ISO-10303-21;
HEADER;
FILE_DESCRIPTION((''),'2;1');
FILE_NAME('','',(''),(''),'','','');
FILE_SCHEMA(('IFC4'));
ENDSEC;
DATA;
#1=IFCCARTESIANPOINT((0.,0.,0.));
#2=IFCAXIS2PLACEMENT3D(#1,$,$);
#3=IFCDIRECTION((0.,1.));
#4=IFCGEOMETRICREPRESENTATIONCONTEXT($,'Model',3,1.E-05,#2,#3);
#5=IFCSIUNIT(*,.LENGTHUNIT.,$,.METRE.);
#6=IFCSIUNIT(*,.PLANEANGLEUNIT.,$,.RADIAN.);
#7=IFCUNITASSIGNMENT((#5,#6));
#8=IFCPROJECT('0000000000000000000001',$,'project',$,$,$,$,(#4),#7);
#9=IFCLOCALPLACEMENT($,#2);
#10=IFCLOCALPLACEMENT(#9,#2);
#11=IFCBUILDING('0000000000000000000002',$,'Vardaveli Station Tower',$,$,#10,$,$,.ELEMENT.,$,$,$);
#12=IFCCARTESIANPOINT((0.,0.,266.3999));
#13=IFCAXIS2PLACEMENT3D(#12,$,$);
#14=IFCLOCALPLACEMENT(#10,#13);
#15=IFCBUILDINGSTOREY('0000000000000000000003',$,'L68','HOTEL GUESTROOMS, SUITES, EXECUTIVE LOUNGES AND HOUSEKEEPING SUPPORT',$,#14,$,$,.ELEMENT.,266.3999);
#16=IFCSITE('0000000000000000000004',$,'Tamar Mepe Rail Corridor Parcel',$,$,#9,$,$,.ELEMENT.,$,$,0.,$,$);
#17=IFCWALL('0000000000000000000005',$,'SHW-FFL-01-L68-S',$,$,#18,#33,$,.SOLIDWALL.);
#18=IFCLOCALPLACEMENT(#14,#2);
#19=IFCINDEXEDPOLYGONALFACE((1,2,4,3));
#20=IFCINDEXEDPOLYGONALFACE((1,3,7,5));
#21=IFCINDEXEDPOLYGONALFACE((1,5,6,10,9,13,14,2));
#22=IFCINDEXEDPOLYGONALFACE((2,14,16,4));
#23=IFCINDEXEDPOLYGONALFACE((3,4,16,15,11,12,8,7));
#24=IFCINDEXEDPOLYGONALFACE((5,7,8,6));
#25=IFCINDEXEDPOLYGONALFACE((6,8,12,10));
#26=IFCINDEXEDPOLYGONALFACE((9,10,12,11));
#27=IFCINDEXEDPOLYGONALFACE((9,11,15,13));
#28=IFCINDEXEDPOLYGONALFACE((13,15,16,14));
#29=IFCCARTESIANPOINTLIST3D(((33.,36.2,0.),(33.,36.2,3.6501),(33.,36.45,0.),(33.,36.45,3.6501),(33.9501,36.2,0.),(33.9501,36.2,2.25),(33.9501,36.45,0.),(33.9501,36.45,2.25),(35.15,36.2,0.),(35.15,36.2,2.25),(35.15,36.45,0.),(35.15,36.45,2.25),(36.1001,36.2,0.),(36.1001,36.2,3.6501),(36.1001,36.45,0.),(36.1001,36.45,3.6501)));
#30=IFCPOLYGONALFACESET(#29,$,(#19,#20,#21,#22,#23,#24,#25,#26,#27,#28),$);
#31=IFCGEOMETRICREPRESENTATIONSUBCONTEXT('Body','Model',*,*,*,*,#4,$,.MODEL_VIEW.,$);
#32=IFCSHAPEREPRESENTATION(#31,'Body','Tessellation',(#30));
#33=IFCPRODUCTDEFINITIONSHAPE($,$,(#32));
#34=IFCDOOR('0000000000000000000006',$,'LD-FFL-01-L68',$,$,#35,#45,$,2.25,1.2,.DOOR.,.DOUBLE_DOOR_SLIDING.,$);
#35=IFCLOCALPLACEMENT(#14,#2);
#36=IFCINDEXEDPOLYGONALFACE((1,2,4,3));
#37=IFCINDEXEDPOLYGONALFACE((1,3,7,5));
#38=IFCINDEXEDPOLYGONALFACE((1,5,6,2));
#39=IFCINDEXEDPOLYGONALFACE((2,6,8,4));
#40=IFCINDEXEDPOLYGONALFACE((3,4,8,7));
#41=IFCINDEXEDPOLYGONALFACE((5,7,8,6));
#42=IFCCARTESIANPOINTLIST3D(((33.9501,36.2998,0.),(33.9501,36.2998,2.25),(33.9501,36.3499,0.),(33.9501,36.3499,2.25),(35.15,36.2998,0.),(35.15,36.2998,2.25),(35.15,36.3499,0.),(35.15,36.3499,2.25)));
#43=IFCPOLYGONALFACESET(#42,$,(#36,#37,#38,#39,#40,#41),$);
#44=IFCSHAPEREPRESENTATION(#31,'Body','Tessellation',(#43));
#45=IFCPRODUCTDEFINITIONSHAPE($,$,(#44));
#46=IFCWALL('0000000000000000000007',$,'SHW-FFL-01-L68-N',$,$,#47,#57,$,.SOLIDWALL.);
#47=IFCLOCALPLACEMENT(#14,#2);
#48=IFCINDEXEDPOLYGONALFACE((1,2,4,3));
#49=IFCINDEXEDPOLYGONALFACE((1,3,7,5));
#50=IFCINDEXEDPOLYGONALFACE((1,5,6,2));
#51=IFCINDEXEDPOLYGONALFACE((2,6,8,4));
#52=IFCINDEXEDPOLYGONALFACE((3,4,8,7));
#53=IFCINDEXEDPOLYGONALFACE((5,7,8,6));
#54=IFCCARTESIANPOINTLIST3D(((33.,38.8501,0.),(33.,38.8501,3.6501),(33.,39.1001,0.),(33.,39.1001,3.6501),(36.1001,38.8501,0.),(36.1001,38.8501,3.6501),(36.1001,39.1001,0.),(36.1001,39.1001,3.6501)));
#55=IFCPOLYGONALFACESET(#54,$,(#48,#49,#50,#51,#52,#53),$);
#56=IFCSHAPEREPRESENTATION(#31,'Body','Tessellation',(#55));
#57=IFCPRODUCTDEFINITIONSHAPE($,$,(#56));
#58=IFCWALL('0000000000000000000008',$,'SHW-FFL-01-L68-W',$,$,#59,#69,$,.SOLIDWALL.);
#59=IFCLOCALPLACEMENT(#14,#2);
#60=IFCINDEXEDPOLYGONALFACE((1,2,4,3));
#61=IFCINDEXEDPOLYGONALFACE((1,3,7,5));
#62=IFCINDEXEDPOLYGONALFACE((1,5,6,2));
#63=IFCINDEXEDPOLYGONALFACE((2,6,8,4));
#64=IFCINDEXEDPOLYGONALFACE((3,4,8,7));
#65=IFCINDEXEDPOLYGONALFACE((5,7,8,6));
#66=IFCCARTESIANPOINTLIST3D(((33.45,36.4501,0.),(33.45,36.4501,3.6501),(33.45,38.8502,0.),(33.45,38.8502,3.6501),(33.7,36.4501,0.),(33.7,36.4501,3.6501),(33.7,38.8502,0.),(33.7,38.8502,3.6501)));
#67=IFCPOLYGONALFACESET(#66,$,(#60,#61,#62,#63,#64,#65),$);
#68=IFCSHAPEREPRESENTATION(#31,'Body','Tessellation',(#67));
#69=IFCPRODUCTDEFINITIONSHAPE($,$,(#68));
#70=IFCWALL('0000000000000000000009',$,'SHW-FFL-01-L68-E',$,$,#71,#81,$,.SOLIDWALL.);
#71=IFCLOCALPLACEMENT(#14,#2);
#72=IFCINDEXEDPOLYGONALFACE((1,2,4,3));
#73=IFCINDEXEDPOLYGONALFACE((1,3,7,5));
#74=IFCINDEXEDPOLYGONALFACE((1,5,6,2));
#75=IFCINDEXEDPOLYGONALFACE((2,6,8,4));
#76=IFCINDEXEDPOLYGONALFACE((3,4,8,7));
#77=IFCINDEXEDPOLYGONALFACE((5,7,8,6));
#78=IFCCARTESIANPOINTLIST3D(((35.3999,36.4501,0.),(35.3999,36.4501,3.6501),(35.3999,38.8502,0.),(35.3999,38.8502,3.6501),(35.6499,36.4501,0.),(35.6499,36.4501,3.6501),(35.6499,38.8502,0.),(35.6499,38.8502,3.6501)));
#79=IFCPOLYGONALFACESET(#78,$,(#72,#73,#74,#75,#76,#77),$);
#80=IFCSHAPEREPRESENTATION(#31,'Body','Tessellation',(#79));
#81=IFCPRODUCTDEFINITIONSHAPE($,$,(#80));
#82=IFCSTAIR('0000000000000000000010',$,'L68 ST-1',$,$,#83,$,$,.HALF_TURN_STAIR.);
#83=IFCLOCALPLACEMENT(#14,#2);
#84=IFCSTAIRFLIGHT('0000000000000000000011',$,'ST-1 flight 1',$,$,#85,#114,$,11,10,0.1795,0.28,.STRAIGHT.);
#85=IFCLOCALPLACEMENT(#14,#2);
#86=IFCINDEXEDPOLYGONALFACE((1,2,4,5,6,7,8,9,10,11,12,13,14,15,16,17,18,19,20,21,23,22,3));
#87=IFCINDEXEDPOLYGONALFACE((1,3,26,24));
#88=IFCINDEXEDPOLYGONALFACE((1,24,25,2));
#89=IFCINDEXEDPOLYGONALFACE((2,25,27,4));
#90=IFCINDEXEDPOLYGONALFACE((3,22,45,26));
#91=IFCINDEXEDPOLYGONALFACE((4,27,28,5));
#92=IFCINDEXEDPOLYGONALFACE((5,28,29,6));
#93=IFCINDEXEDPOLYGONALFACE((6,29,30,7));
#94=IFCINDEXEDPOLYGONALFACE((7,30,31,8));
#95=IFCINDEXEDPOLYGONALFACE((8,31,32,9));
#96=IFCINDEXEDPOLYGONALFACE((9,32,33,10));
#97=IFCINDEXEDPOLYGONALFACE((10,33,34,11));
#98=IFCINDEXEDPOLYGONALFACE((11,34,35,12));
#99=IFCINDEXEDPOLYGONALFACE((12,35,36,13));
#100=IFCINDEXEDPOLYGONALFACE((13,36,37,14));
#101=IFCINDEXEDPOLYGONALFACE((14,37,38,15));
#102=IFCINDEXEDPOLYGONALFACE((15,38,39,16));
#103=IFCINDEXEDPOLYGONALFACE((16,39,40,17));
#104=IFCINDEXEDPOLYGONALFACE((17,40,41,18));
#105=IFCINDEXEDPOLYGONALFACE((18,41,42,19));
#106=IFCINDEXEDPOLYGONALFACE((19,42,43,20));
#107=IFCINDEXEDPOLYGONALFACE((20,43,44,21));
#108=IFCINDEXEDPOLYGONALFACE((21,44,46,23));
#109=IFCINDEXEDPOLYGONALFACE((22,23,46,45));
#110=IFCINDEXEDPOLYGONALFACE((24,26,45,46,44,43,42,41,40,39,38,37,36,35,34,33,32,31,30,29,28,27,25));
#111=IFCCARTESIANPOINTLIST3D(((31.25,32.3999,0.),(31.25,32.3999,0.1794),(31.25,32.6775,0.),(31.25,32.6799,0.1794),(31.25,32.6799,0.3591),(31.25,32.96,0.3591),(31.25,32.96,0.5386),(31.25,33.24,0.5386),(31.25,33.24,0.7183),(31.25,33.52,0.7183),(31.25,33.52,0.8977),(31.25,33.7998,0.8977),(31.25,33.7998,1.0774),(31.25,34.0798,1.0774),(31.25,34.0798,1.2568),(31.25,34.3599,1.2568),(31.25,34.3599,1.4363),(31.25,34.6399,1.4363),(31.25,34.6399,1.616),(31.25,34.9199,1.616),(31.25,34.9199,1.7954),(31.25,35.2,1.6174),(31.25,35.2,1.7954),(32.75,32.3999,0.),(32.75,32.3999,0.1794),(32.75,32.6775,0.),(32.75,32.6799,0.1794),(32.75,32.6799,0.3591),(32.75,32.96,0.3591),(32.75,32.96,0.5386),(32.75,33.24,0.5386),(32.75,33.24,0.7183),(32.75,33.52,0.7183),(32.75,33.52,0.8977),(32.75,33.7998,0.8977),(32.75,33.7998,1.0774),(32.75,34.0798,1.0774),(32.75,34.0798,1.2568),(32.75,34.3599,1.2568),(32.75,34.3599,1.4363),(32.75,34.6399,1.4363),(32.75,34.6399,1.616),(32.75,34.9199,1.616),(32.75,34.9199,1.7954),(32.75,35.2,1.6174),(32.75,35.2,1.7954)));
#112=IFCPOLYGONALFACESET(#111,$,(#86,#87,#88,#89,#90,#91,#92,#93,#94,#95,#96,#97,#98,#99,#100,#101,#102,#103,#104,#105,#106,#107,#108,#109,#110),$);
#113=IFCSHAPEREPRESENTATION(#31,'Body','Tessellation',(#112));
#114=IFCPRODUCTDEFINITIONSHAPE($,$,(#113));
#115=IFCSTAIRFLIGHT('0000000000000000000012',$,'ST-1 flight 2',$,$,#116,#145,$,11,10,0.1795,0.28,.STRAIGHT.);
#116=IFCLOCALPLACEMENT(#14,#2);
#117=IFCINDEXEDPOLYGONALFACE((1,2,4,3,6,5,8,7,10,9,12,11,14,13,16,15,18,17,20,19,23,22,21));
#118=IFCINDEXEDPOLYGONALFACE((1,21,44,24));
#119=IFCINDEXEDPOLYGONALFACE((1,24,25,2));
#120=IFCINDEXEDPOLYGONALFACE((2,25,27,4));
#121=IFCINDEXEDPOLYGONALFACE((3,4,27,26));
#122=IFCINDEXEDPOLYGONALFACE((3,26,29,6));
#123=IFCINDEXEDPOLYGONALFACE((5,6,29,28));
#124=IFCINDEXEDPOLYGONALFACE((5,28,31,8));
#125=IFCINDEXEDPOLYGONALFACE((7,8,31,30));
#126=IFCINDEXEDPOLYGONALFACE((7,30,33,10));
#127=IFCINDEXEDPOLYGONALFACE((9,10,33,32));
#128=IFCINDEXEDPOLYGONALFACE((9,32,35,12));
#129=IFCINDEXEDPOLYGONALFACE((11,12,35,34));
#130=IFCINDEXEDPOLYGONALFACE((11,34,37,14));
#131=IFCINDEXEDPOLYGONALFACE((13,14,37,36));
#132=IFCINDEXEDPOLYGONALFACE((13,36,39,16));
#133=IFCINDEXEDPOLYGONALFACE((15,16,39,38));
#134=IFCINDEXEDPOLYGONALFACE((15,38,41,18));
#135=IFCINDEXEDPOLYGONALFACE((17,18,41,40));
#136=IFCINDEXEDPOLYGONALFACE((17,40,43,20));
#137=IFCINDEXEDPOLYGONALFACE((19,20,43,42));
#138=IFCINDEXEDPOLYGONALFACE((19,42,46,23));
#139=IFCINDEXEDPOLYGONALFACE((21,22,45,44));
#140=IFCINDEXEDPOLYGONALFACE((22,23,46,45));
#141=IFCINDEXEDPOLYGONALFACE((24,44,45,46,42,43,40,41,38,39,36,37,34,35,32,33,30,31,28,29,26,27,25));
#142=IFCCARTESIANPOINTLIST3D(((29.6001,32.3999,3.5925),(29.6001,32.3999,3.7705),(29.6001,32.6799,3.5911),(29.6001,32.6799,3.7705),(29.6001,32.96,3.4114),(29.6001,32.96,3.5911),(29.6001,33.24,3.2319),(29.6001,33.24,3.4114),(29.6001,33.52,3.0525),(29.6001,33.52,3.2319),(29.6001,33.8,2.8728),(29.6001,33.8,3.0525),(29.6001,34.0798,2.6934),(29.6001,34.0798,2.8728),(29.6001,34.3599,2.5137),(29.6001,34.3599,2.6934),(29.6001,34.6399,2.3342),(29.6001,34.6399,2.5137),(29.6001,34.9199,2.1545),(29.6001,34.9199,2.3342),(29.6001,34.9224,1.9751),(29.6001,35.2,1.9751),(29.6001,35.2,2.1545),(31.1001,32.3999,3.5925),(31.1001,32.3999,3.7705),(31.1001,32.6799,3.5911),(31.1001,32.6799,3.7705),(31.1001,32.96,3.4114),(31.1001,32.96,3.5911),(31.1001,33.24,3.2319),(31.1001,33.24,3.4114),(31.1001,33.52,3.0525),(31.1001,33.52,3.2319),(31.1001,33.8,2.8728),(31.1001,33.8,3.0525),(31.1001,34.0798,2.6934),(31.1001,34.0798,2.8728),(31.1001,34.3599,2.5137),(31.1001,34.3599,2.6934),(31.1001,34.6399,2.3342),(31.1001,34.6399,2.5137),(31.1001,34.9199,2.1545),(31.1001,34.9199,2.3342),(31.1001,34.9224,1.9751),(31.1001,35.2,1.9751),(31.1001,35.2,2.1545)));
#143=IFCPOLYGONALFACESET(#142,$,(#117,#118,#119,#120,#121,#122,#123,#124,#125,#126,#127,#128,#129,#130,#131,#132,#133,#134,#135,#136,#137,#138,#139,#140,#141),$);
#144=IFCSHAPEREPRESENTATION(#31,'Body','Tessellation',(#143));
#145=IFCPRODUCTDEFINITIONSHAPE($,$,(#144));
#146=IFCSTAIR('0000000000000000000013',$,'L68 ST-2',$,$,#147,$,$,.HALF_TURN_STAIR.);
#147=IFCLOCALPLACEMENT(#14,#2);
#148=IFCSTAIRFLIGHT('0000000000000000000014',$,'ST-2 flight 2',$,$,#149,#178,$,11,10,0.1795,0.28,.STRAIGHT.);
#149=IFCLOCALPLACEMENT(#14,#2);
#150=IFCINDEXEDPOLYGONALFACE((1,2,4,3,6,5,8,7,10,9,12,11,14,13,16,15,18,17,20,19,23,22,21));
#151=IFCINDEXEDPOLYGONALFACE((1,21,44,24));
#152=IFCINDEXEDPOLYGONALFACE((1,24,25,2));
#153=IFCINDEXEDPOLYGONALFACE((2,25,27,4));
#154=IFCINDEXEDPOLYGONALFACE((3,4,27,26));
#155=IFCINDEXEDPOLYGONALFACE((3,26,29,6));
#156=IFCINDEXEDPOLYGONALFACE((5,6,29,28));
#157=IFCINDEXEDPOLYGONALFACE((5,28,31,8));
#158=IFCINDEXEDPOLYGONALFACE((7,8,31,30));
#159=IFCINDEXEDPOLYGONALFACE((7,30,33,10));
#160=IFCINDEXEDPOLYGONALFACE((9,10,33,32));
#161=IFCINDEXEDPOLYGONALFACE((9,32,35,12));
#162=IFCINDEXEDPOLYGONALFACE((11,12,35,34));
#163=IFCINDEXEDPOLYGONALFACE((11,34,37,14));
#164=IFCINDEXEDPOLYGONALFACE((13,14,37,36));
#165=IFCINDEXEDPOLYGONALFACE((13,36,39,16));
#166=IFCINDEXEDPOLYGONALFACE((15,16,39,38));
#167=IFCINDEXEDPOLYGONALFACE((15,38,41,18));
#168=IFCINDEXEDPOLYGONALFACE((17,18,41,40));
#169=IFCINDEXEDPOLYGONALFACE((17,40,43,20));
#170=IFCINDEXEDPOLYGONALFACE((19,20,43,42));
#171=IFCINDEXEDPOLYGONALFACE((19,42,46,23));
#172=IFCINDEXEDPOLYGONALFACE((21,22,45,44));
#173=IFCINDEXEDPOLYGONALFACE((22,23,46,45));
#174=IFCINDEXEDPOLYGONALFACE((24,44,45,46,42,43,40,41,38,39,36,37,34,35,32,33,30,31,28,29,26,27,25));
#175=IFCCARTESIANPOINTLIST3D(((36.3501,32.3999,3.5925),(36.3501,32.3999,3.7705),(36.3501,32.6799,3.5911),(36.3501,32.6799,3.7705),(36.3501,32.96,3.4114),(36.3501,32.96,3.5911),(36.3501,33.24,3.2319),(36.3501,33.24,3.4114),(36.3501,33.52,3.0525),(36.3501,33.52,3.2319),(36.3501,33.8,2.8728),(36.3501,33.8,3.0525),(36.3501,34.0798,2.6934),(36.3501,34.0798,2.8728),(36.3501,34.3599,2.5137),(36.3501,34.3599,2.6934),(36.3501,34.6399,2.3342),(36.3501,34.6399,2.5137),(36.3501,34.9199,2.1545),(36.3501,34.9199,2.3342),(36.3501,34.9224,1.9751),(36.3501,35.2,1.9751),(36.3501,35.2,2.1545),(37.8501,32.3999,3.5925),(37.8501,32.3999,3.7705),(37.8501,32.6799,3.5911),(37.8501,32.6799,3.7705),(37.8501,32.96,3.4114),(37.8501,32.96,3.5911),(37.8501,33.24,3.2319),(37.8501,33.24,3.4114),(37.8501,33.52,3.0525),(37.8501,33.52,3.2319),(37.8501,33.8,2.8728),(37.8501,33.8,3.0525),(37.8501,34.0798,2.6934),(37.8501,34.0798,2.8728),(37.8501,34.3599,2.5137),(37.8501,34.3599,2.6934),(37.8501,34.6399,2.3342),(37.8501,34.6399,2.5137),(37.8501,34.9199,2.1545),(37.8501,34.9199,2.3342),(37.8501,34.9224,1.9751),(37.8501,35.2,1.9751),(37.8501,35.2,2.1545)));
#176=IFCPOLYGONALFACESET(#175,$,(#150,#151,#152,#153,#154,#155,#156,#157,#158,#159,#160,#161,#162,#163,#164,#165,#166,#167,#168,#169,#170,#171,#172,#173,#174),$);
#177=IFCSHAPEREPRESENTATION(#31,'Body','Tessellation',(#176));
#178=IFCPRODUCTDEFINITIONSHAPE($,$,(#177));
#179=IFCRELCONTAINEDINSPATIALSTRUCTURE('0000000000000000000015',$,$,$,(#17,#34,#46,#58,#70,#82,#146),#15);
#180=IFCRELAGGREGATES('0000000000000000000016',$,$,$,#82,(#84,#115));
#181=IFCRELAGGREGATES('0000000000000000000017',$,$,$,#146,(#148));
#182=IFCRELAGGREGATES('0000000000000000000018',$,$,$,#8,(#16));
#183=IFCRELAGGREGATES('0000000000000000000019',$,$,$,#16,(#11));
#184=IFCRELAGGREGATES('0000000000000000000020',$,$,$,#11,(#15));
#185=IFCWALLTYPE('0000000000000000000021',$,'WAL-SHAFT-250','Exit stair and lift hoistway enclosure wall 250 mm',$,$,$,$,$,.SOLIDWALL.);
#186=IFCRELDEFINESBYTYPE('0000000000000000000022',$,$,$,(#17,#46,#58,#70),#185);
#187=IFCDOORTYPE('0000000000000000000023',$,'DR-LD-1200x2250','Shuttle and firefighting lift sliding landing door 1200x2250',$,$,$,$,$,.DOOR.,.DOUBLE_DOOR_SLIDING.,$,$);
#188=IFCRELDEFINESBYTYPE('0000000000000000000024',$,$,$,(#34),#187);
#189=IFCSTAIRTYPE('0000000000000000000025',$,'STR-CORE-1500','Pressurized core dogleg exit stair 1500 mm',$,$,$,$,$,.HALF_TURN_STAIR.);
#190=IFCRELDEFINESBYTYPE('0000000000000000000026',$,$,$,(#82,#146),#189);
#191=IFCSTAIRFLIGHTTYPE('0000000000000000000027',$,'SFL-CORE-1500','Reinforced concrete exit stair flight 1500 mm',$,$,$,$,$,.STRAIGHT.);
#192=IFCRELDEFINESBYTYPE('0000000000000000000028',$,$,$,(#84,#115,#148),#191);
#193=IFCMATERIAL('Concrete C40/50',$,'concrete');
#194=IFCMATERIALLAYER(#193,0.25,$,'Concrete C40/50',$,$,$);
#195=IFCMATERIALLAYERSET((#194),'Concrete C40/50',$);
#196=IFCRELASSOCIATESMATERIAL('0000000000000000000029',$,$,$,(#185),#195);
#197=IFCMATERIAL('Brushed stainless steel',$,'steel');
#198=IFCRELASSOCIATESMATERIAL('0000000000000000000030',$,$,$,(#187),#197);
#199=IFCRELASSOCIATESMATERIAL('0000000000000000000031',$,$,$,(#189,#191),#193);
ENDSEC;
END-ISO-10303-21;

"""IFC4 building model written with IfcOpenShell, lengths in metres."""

from ifc_helpers import new_model, si_unit, direction, frame, frame_2d, origin, place, context, subcontext, project, spatial, polyline, rectangle, outline, extrude, source, transform, mapped, material, layer, layer_set, type_object, element, fill, aggregate, save


model = new_model("IFC4")

# Units and contexts
model_context = context("Model", 3, precision=1e-05, world=origin(), true_north=direction((0.0, 1.0)))
body_context = subcontext(model_context, "Body", "Model", "MODEL_VIEW")
ifc_project = project(units=[si_unit("LENGTHUNIT", "METRE"), si_unit("PLANEANGLEUNIT", "RADIAN")], contexts=[model_context])

# Site, building, storey
site_placement = place(None, origin())
site = spatial("IfcSite", under=ifc_project, at=site_placement, Name="Tamar Mepe Rail Corridor Parcel", CompositionType="ELEMENT", RefElevation=0.0)
building_placement = place(site_placement, origin())
building = spatial("IfcBuilding", under=site, at=building_placement, Name="Vardaveli Station Tower", CompositionType="ELEMENT")
storey_placement = place(building_placement, frame((0.0, 0.0, 266.3999)))
storey = spatial("IfcBuildingStorey", under=building, at=storey_placement, Name="L68", Description="HOTEL GUESTROOMS, SUITES, EXECUTIVE LOUNGES AND HOUSEKEEPING SUPPORT", CompositionType="ELEMENT", Elevation=266.3999)

# Shared definitions
ifc_material_1 = material(Name="Concrete C40/50", Category="concrete")
ifc_layer_1 = layer(ifc_material_1, 0.25, Name="Concrete C40/50")
ifc_layer_set_1 = layer_set([ifc_layer_1], Name="Concrete C40/50")
wall_type_1 = type_object("IfcWallType", Name="WAL-SHAFT-250", Description="Exit stair and lift hoistway enclosure wall 250 mm", PredefinedType="SOLIDWALL", material=ifc_layer_set_1)

# Wall, opening, door
shared_shape_1 = source(origin(), body_context, "Body", "SweptSolid", [
    extrude(rectangle(XDim=3.1001, YDim=0.25, at=frame_2d((1.55, 0.0))), origin(), (0.0, 0.0, 1.0), 3.6501),
])
wall_1_placement = place(storey_placement, frame((33.0, 36.325, 0.0), z_axis=(0.0, 0.0, 1.0), x_axis=(1.0, 0.0, 0.0)))
wall_1 = element("IfcWall", 1, at=wall_1_placement, inside=storey, type_object=wall_type_1, Name="SHW-FFL-01-L68-S", PredefinedType="SOLIDWALL", context=body_context, shape_type="MappedRepresentation", body=[
    mapped(shared_shape_1, transform((0.0, 0.0, 0.0), scale=1.0)),
])
shared_shape_2 = source(origin(), body_context, "Body", "SweptSolid", [
    extrude(rectangle(XDim=1.2, YDim=2.25, at=frame_2d((0.6001, 1.125))), frame((0.0, 0.135, 0.0), z_axis=(0.0, -1.0, 0.0), x_axis=(1.0, 0.0, 0.0)), (0.0, 0.0, 1.0), 0.27),
])
opening_1_placement = place(wall_1_placement, frame((0.95, 0.0, 0.0)))
opening_1 = element("IfcOpeningElement", 2, at=opening_1_placement, cuts=wall_1, PredefinedType="OPENING", context=body_context, shape_type="MappedRepresentation", body=[
    mapped(shared_shape_2, transform((0.0, 0.0, 0.0), scale=1.0)),
])
ifc_material_2 = material(Name="Brushed stainless steel", Category="steel")
door_type = type_object("IfcDoorType", Name="DR-LD-1200x2250", Description="Shuttle and firefighting lift sliding landing door 1200x2250", OperationType="DOUBLE_DOOR_SLIDING", PredefinedType="DOOR", material=ifc_material_2)
shared_shape_3 = source(origin(), body_context, "Body", "SweptSolid", [
    extrude(rectangle(XDim=1.2, YDim=2.25, at=frame_2d((0.6001, 1.125))), frame((0.0, 0.0249, 0.0), z_axis=(0.0, -1.0, 0.0), x_axis=(1.0, 0.0, 0.0)), (0.0, 0.0, 1.0), 0.05),
])
door_placement = place(opening_1_placement, origin())
door = element("IfcDoor", 3, at=door_placement, inside=storey, type_object=door_type, Name="LD-FFL-01-L68", OperationType="DOUBLE_DOOR_SLIDING", OverallHeight=2.25, OverallWidth=1.2, PredefinedType="DOOR", context=body_context, shape_type="MappedRepresentation", body=[
    mapped(shared_shape_3, transform((0.0, 0.0, 0.0), scale=1.0)),
])
fill(opening_1, door)

# Walls
wall_2_placement = place(storey_placement, frame((33.0, 38.9751, 0.0), z_axis=(0.0, 0.0, 1.0), x_axis=(1.0, 0.0, 0.0)))
element("IfcWall", 4, at=wall_2_placement, inside=storey, type_object=wall_type_1, Name="SHW-FFL-01-L68-N", PredefinedType="SOLIDWALL", context=body_context, shape_type="MappedRepresentation", body=[
    mapped(shared_shape_1, transform((0.0, 0.0, 0.0), scale=1.0)),
])
shared_shape_4 = source(origin(), body_context, "Body", "SweptSolid", [
    extrude(rectangle(XDim=2.4001, YDim=0.25, at=frame_2d((1.2002, 0.0))), origin(), (0.0, 0.0, 1.0), 3.6501),
])
for number, where, z_axis, x_axis, name in (
    (5, (33.575, 36.45, 0.0), (0.0, 0.0, 1.0), (0.0, 1.0, 0.0), "SHW-FFL-01-L68-W"),
    (6, (35.5249, 36.45, 0.0), (0.0, 0.0, 1.0), (0.0, 1.0, 0.0), "SHW-FFL-01-L68-E"),
):
    element("IfcWall", number, at=place(storey_placement, frame(where, z_axis=z_axis, x_axis=x_axis)), inside=storey, type_object=wall_type_1, Name=name, PredefinedType="SOLIDWALL", context=body_context, shape_type="MappedRepresentation", body=[
        mapped(shared_shape_4, transform((0.0, 0.0, 0.0), scale=1.0)),
    ])

# Stair, stair flights
stair_type = type_object("IfcStairType", Name="STR-CORE-1500", Description="Pressurized core dogleg exit stair 1500 mm", PredefinedType="HALF_TURN_STAIR", material=ifc_material_1)
stair_1_placement = place(storey_placement, origin())
stair_1 = element("IfcStair", 7, at=stair_1_placement, inside=storey, type_object=stair_type, Name="L68 ST-1", PredefinedType="HALF_TURN_STAIR")
stair_flight_type = type_object("IfcStairFlightType", Name="SFL-CORE-1500", Description="Reinforced concrete exit stair flight 1500 mm", PredefinedType="STRAIGHT", material=ifc_material_1)
shared_shape_5 = source(origin(), body_context, "Body", "SweptSolid", [
    extrude(outline(polyline([(0.0, 0.0), (0.0, 0.1794), (0.28, 0.1794), (0.28, 0.3591), (0.5601, 0.3591), (0.5601, 0.5386), (0.8401, 0.5386), (0.8401, 0.7183), (1.1201, 0.7183), (1.1201, 0.8977), (1.3999, 0.8977), (1.3999, 1.0774), (1.6799, 1.0774), (1.6799, 1.2568), (1.96, 1.2568), (1.96, 1.4363), (2.24, 1.4363), (2.24, 1.616), (2.52, 1.616), (2.52, 1.7954), (2.8, 1.7954), (2.8, 1.9751), (2.8, 1.6174), (0.2776, 0.0), (0.0, 0.0)])), frame((0.0, 0.75, 0.0), z_axis=(0.0, -1.0, 0.0), x_axis=(1.0, 0.0, 0.0)), (0.0, 0.0, 1.0), 1.5),
])
stair_flight_1_placement = place(storey_placement, frame((32.0, 32.3999, 0.0), z_axis=(0.0, 0.0, 1.0), x_axis=(0.0, 1.0, 0.0)))
stair_flight_1 = element("IfcStairFlight", 8, at=stair_flight_1_placement, type_object=stair_flight_type, Name="ST-1 flight 1", NumberOfRisers=11, NumberOfTreads=10, PredefinedType="STRAIGHT", RiserHeight=0.1795, TreadLength=0.28, context=body_context, shape_type="MappedRepresentation", body=[
    mapped(shared_shape_5, transform((0.0, 0.0, 0.0), scale=1.0)),
])
stair_flight_2_placement = place(storey_placement, frame((30.3501, 35.2, 1.9751), z_axis=(0.0, 0.0, 1.0), x_axis=(0.0, -1.0, 0.0)))
stair_flight_2 = element("IfcStairFlight", 9, at=stair_flight_2_placement, type_object=stair_flight_type, Name="ST-1 flight 2", NumberOfRisers=11, NumberOfTreads=10, PredefinedType="STRAIGHT", RiserHeight=0.1795, TreadLength=0.28, context=body_context, shape_type="MappedRepresentation", body=[
    mapped(shared_shape_5, transform((0.0, 0.0, 0.0), scale=1.0)),
])
aggregate(stair_1, [stair_flight_1, stair_flight_2])

# Stair, stair flight
stair_2_placement = place(storey_placement, origin())
stair_2 = element("IfcStair", 10, at=stair_2_placement, inside=storey, type_object=stair_type, Name="L68 ST-2", PredefinedType="HALF_TURN_STAIR")
stair_flight_3_placement = place(storey_placement, frame((37.1001, 35.2, 1.9751), z_axis=(0.0, 0.0, 1.0), x_axis=(0.0, -1.0, 0.0)))
stair_flight_3 = element("IfcStairFlight", 11, at=stair_flight_3_placement, type_object=stair_flight_type, Name="ST-2 flight 2", NumberOfRisers=11, NumberOfTreads=10, PredefinedType="STRAIGHT", RiserHeight=0.1795, TreadLength=0.28, context=body_context, shape_type="MappedRepresentation", body=[
    mapped(shared_shape_5, transform((0.0, 0.0, 0.0), scale=1.0)),
])
aggregate(stair_2, [stair_flight_3])

save(model, "model.ifc")
